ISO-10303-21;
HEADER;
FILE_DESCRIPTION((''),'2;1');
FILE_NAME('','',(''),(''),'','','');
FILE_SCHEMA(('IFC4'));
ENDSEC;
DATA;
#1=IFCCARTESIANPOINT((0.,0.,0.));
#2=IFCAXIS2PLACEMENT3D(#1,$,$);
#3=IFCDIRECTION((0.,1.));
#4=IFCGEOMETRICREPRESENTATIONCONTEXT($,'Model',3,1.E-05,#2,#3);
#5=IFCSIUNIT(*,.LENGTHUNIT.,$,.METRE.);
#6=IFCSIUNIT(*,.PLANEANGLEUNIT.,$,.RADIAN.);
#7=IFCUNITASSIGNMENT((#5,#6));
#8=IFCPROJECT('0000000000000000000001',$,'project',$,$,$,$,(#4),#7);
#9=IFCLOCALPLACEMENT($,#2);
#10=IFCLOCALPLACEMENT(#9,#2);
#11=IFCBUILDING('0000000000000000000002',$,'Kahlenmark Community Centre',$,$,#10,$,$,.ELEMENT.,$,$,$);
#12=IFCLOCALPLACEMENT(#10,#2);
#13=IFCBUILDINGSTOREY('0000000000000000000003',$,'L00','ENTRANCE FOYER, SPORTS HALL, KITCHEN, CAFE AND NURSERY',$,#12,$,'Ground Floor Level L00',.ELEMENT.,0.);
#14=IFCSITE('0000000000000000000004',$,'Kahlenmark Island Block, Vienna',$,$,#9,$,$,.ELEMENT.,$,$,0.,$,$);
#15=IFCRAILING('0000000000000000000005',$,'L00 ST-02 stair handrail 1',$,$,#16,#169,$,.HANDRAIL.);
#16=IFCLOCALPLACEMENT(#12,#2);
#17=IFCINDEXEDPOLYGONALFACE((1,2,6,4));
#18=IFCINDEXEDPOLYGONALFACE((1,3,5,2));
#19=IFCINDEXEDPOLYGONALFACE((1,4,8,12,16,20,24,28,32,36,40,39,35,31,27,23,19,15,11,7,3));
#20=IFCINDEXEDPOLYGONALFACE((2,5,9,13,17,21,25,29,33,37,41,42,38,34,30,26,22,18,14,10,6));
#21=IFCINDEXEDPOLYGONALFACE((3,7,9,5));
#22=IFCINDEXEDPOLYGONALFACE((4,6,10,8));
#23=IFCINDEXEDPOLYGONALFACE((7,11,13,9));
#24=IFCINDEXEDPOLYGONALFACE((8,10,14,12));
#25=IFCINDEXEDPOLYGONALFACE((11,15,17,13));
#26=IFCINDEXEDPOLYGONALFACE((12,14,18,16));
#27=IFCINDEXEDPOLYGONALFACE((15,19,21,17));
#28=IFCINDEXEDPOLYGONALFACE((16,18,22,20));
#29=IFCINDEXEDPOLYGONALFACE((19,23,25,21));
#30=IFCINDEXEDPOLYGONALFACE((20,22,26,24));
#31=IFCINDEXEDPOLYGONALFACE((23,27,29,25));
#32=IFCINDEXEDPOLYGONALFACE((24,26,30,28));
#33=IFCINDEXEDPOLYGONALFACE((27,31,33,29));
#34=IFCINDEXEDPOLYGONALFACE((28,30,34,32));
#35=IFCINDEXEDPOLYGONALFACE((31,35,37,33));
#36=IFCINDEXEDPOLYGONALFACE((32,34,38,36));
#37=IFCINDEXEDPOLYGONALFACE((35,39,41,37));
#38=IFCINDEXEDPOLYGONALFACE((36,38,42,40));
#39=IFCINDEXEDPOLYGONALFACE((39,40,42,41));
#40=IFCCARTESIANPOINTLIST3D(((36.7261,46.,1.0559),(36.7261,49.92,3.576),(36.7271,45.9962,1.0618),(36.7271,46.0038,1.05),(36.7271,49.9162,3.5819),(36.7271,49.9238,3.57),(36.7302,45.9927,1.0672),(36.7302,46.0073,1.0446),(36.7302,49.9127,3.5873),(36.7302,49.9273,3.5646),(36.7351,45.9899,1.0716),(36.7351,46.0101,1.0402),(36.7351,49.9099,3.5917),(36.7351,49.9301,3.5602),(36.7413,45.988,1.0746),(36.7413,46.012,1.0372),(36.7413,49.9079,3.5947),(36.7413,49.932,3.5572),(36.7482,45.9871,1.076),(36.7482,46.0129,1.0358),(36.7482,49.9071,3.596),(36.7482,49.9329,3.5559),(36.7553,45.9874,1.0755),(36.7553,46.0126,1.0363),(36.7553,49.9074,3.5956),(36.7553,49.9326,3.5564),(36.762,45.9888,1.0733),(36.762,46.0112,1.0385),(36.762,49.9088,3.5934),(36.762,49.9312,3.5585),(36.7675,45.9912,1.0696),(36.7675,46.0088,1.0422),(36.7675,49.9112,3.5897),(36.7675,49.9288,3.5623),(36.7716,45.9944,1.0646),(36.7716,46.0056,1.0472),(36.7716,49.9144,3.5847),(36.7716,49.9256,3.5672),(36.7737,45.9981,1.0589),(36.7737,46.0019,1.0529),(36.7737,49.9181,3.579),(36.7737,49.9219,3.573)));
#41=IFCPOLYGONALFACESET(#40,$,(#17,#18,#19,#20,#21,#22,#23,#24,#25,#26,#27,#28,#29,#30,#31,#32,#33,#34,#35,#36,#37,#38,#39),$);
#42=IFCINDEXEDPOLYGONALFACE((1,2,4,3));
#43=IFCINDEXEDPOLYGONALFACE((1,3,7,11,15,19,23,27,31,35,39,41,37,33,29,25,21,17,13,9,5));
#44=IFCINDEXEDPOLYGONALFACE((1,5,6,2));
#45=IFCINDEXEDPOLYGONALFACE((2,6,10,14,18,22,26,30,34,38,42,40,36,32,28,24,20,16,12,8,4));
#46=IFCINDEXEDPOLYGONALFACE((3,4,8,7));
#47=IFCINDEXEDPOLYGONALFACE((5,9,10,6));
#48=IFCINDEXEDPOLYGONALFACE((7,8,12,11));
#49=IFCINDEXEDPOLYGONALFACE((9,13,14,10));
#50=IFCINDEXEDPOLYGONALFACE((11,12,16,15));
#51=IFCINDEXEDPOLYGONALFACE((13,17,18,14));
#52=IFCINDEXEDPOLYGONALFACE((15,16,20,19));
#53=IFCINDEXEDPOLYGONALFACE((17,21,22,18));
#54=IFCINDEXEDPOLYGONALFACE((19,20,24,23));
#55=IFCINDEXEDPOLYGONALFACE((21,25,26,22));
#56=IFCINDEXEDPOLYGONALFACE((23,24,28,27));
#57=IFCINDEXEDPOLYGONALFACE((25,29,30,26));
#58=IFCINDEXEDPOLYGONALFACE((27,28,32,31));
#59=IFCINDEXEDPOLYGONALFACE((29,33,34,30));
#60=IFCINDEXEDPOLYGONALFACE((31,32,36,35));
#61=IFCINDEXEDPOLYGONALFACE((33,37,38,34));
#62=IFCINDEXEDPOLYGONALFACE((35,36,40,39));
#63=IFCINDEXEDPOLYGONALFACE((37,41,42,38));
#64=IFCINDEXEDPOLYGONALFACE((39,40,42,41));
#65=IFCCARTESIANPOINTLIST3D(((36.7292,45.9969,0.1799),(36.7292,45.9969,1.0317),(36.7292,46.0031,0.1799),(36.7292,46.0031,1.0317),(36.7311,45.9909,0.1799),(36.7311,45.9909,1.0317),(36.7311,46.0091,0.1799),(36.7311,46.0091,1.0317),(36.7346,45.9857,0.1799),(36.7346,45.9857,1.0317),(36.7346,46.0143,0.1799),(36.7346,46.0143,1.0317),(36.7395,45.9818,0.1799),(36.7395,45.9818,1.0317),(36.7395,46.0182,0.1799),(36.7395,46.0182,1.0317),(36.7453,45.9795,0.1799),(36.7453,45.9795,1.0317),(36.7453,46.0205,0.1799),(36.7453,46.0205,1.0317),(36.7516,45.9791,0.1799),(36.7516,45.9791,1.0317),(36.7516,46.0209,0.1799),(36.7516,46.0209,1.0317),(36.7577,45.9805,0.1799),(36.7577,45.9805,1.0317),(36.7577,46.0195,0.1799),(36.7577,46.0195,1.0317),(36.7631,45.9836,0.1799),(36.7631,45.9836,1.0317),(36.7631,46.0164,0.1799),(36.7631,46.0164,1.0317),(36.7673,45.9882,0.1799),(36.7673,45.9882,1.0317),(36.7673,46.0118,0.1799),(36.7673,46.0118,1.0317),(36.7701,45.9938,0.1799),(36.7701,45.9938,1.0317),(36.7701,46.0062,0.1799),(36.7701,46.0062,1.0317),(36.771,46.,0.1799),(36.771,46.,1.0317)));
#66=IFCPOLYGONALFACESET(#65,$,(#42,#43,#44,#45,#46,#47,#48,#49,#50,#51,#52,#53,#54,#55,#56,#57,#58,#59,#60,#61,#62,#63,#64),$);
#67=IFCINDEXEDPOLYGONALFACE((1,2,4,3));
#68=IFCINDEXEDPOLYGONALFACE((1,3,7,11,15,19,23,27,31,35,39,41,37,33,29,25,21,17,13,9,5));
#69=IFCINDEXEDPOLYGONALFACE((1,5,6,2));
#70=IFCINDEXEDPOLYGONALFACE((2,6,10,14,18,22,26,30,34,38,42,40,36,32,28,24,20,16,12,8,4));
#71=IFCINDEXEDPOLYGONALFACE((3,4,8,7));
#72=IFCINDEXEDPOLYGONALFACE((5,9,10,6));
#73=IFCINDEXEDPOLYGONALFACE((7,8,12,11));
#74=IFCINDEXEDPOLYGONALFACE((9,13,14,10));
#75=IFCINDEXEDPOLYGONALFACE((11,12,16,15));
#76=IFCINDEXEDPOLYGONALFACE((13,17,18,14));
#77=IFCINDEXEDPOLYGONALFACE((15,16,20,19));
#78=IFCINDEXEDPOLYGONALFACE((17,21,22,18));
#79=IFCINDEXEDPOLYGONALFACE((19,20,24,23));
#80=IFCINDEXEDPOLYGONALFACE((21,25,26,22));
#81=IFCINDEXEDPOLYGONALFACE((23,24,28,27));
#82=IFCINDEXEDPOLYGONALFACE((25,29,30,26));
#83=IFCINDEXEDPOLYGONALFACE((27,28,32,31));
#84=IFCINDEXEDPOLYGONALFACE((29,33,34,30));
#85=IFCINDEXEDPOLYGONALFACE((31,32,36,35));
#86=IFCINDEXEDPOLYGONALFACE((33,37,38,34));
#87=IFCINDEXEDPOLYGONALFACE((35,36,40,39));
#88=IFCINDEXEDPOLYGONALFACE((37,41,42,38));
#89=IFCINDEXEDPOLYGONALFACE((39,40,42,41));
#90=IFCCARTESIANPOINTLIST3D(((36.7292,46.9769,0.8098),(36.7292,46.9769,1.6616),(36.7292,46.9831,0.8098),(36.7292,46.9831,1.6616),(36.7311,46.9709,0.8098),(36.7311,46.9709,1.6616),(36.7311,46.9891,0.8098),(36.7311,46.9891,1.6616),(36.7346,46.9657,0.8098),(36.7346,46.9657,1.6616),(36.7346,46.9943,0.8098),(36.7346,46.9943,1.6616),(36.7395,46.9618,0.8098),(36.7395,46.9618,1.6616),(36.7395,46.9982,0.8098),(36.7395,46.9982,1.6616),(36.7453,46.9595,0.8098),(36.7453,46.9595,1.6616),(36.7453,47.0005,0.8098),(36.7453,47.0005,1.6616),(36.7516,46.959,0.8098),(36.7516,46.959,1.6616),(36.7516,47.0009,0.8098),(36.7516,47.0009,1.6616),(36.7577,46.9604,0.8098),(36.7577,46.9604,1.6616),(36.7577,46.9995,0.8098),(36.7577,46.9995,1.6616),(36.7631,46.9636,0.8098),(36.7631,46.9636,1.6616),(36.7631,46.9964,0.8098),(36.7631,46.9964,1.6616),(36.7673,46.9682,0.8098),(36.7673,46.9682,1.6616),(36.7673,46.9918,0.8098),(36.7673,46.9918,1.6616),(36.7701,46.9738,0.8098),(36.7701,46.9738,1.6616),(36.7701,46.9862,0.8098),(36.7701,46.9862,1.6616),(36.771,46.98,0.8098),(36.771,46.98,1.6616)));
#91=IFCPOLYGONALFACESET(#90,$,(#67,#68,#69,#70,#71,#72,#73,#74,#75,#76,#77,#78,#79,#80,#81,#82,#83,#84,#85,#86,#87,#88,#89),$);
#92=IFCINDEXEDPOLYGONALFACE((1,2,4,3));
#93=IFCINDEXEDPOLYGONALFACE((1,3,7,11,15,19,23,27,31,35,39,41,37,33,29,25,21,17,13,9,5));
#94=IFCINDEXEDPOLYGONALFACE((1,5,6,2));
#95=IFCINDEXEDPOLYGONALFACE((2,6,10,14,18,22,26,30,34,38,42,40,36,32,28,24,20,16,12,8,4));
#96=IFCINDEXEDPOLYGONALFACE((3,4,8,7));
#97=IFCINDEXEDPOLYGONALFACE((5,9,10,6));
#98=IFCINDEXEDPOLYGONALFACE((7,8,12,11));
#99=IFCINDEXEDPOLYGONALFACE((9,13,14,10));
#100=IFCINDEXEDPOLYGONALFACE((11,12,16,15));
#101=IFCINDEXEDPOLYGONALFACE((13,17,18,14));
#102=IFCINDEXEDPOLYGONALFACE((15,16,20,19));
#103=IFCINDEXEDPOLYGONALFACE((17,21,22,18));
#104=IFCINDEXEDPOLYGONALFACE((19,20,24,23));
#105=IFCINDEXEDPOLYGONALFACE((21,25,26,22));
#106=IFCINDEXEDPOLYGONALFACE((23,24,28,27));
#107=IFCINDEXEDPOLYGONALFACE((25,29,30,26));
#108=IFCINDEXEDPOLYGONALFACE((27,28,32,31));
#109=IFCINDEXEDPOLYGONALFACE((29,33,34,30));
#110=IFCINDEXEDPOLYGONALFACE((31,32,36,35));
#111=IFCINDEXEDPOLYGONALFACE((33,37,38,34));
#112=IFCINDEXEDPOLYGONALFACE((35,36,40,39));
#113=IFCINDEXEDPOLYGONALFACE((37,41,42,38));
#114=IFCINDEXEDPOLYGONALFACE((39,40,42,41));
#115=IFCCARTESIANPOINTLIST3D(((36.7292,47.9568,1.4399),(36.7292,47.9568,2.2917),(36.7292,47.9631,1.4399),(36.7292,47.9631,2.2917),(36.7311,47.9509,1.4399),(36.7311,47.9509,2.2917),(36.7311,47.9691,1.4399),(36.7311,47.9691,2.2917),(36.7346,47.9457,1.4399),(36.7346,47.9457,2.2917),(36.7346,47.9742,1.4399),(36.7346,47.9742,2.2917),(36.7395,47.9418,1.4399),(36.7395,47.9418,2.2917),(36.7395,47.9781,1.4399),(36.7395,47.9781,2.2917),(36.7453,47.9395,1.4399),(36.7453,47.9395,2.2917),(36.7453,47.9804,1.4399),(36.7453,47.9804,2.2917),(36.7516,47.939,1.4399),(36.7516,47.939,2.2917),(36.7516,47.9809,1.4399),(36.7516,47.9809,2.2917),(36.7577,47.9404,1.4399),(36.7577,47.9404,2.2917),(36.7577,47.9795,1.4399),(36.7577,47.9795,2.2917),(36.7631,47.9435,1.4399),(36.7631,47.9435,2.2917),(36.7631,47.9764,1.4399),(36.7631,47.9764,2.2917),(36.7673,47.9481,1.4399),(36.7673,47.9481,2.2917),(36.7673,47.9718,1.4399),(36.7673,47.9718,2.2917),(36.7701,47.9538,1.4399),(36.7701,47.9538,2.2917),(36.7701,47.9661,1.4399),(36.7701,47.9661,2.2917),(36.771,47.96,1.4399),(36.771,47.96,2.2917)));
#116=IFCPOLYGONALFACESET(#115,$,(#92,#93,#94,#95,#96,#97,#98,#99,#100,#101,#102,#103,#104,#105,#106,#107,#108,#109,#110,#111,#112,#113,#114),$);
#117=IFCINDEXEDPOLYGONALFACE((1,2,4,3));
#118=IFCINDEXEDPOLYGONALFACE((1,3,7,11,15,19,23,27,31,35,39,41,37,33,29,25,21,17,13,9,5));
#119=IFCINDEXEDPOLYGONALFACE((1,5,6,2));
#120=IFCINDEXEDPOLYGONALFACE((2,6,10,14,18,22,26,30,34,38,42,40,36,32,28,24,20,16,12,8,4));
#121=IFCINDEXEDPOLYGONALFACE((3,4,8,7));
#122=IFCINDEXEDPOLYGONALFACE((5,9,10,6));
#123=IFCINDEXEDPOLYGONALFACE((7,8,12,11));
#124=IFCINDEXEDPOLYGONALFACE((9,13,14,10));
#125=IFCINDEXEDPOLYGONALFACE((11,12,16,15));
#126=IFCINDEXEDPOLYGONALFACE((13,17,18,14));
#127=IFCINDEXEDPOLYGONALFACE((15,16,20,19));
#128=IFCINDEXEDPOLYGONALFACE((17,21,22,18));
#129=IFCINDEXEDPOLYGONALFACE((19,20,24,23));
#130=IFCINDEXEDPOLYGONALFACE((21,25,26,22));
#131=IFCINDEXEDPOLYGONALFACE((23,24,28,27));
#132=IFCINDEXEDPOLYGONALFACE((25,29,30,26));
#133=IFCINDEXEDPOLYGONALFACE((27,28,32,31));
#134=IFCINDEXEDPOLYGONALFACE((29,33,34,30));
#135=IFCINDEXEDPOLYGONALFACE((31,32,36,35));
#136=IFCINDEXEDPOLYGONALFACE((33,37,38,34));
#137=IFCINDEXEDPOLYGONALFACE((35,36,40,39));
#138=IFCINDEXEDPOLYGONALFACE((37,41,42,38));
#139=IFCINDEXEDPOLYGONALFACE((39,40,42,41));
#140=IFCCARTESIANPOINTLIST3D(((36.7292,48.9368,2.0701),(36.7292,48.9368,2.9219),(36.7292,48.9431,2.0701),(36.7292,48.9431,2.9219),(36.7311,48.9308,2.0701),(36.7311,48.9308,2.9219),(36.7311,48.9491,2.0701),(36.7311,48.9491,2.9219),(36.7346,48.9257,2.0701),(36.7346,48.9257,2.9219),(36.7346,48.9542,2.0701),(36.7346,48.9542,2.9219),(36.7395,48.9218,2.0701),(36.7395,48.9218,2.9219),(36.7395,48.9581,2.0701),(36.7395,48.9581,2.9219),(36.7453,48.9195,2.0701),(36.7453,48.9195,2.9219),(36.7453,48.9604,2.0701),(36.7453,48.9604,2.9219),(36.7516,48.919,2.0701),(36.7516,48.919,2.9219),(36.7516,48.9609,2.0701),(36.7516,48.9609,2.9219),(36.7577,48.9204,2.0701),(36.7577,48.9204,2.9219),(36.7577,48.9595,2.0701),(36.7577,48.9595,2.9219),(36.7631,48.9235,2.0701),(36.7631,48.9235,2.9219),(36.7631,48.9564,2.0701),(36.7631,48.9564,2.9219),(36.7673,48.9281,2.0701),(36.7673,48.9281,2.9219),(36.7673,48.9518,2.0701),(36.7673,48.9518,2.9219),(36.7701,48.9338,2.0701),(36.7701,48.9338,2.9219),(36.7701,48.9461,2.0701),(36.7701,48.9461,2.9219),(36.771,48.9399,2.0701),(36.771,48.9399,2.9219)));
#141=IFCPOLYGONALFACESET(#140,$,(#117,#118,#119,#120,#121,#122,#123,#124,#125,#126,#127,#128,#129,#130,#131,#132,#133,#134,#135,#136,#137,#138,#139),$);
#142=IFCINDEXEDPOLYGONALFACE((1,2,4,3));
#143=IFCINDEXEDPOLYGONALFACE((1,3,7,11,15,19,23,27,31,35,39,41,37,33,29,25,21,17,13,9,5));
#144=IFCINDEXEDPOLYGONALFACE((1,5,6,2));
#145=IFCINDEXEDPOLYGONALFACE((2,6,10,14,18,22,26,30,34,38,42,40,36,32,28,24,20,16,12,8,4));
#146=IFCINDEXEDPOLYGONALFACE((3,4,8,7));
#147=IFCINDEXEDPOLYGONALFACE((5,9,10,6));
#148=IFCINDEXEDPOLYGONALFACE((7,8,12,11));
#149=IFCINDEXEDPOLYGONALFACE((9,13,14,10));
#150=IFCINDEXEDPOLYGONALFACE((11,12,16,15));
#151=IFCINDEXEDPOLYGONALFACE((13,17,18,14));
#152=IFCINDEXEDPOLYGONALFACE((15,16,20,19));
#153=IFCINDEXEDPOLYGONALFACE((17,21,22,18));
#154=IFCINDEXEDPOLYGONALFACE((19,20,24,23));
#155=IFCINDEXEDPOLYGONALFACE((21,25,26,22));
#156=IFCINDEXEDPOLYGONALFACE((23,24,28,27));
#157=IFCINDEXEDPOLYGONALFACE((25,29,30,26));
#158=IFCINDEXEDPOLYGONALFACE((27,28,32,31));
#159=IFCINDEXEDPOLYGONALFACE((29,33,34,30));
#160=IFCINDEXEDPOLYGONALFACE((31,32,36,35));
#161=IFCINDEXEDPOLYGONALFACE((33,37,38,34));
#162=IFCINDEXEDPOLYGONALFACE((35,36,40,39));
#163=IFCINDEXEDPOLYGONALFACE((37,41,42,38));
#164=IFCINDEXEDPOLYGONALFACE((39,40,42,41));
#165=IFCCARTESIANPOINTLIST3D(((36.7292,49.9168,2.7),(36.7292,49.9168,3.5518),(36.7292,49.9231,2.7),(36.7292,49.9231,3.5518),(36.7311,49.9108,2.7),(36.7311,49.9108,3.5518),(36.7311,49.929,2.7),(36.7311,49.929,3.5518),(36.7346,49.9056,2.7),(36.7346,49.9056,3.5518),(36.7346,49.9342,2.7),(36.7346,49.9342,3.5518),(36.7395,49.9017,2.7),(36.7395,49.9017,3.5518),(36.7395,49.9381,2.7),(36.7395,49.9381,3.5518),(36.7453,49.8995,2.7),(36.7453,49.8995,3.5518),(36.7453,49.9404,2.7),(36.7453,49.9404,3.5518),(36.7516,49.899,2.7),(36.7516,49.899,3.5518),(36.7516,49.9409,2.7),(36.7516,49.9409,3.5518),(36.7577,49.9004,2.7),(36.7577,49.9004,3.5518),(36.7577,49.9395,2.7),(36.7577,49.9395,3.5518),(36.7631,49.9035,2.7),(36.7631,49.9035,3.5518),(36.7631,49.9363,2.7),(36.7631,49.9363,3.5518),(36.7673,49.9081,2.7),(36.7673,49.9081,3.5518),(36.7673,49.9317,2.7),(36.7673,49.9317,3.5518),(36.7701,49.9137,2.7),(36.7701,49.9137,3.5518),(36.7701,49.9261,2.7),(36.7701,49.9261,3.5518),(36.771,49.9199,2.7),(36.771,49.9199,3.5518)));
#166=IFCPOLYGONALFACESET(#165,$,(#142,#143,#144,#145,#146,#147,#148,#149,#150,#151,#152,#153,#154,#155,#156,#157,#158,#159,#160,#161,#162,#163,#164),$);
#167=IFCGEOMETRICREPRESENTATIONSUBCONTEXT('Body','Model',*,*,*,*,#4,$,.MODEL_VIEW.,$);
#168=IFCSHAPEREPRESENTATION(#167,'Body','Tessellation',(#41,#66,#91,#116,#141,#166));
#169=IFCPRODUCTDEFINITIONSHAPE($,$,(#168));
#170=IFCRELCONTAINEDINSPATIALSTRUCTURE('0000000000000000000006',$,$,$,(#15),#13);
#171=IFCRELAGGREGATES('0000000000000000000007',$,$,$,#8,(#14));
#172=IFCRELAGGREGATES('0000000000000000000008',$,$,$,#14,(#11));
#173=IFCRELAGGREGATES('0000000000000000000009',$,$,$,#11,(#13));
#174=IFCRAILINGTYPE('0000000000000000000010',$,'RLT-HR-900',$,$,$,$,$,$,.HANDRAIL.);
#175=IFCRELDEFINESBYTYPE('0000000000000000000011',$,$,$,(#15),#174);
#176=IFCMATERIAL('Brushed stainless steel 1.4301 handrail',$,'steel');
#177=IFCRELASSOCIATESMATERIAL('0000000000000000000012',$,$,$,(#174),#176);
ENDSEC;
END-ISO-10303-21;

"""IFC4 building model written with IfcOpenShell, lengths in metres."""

from ifc_helpers import new_model, si_unit, direction, frame, origin, origin_2d, place, context, subcontext, project, spatial, circle, extrude, material, type_object, element, save


model = new_model("IFC4")

# Units and contexts
model_context = context("Model", 3, precision=1e-05, world=origin(), true_north=direction((0.0, 1.0)))
body_context = subcontext(model_context, "Body", "Model", "MODEL_VIEW")
ifc_project = project(units=[si_unit("LENGTHUNIT", "METRE"), si_unit("PLANEANGLEUNIT", "RADIAN")], contexts=[model_context])

# Site, building, storey
site_placement = place(None, origin())
site = spatial("IfcSite", under=ifc_project, at=site_placement, Name="Kahlenmark Island Block, Vienna", CompositionType="ELEMENT", RefElevation=0.0)
building_placement = place(site_placement, origin())
building = spatial("IfcBuilding", under=site, at=building_placement, Name="Kahlenmark Community Centre", CompositionType="ELEMENT")
storey_placement = place(building_placement, origin())
storey = spatial("IfcBuildingStorey", under=building, at=storey_placement, Name="L00", Description="ENTRANCE FOYER, SPORTS HALL, KITCHEN, CAFE AND NURSERY", LongName="Ground Floor Level L00", CompositionType="ELEMENT", Elevation=0.0)

# Railing
ifc_material_1 = material(Name="Brushed stainless steel 1.4301 handrail", Category="steel")
railing_type_1 = type_object("IfcRailingType", Name="RLT-HR-900", PredefinedType="HANDRAIL", material=ifc_material_1)
railing_1_placement = place(storey_placement, frame((36.75, 46.0, 0.1799)))
element("IfcRailing", 1, at=railing_1_placement, inside=storey, type_object=railing_type_1, Name="L00 ST-02 stair handrail 1", PredefinedType="HANDRAIL", context=body_context, shape_type="SweptSolid", body=[
    extrude(circle(Radius=0.0239, at=origin_2d()), frame((0.0, 0.0, 0.876), z_axis=(0.0, 0.841172, 0.540768), x_axis=(-1.0, 0.0, 0.0)), (0.0, 0.0, 1.0), 4.6602),
    extrude(circle(Radius=0.021, at=origin_2d()), origin(), (0.0, 0.0, 1.0), 0.8518),
    extrude(circle(Radius=0.021, at=origin_2d()), frame((0.0, 0.98, 0.6299)), (0.0, 0.0, 1.0), 0.8518),
    extrude(circle(Radius=0.021, at=origin_2d()), frame((0.0, 1.96, 1.26)), (0.0, 0.0, 1.0), 0.8518),
    extrude(circle(Radius=0.021, at=origin_2d()), frame((0.0, 2.9399, 1.8901)), (0.0, 0.0, 1.0), 0.8518),
    extrude(circle(Radius=0.021, at=origin_2d()), frame((0.0, 3.9199, 2.52)), (0.0, 0.0, 1.0), 0.8518),
])

save(model, "model.ifc")
